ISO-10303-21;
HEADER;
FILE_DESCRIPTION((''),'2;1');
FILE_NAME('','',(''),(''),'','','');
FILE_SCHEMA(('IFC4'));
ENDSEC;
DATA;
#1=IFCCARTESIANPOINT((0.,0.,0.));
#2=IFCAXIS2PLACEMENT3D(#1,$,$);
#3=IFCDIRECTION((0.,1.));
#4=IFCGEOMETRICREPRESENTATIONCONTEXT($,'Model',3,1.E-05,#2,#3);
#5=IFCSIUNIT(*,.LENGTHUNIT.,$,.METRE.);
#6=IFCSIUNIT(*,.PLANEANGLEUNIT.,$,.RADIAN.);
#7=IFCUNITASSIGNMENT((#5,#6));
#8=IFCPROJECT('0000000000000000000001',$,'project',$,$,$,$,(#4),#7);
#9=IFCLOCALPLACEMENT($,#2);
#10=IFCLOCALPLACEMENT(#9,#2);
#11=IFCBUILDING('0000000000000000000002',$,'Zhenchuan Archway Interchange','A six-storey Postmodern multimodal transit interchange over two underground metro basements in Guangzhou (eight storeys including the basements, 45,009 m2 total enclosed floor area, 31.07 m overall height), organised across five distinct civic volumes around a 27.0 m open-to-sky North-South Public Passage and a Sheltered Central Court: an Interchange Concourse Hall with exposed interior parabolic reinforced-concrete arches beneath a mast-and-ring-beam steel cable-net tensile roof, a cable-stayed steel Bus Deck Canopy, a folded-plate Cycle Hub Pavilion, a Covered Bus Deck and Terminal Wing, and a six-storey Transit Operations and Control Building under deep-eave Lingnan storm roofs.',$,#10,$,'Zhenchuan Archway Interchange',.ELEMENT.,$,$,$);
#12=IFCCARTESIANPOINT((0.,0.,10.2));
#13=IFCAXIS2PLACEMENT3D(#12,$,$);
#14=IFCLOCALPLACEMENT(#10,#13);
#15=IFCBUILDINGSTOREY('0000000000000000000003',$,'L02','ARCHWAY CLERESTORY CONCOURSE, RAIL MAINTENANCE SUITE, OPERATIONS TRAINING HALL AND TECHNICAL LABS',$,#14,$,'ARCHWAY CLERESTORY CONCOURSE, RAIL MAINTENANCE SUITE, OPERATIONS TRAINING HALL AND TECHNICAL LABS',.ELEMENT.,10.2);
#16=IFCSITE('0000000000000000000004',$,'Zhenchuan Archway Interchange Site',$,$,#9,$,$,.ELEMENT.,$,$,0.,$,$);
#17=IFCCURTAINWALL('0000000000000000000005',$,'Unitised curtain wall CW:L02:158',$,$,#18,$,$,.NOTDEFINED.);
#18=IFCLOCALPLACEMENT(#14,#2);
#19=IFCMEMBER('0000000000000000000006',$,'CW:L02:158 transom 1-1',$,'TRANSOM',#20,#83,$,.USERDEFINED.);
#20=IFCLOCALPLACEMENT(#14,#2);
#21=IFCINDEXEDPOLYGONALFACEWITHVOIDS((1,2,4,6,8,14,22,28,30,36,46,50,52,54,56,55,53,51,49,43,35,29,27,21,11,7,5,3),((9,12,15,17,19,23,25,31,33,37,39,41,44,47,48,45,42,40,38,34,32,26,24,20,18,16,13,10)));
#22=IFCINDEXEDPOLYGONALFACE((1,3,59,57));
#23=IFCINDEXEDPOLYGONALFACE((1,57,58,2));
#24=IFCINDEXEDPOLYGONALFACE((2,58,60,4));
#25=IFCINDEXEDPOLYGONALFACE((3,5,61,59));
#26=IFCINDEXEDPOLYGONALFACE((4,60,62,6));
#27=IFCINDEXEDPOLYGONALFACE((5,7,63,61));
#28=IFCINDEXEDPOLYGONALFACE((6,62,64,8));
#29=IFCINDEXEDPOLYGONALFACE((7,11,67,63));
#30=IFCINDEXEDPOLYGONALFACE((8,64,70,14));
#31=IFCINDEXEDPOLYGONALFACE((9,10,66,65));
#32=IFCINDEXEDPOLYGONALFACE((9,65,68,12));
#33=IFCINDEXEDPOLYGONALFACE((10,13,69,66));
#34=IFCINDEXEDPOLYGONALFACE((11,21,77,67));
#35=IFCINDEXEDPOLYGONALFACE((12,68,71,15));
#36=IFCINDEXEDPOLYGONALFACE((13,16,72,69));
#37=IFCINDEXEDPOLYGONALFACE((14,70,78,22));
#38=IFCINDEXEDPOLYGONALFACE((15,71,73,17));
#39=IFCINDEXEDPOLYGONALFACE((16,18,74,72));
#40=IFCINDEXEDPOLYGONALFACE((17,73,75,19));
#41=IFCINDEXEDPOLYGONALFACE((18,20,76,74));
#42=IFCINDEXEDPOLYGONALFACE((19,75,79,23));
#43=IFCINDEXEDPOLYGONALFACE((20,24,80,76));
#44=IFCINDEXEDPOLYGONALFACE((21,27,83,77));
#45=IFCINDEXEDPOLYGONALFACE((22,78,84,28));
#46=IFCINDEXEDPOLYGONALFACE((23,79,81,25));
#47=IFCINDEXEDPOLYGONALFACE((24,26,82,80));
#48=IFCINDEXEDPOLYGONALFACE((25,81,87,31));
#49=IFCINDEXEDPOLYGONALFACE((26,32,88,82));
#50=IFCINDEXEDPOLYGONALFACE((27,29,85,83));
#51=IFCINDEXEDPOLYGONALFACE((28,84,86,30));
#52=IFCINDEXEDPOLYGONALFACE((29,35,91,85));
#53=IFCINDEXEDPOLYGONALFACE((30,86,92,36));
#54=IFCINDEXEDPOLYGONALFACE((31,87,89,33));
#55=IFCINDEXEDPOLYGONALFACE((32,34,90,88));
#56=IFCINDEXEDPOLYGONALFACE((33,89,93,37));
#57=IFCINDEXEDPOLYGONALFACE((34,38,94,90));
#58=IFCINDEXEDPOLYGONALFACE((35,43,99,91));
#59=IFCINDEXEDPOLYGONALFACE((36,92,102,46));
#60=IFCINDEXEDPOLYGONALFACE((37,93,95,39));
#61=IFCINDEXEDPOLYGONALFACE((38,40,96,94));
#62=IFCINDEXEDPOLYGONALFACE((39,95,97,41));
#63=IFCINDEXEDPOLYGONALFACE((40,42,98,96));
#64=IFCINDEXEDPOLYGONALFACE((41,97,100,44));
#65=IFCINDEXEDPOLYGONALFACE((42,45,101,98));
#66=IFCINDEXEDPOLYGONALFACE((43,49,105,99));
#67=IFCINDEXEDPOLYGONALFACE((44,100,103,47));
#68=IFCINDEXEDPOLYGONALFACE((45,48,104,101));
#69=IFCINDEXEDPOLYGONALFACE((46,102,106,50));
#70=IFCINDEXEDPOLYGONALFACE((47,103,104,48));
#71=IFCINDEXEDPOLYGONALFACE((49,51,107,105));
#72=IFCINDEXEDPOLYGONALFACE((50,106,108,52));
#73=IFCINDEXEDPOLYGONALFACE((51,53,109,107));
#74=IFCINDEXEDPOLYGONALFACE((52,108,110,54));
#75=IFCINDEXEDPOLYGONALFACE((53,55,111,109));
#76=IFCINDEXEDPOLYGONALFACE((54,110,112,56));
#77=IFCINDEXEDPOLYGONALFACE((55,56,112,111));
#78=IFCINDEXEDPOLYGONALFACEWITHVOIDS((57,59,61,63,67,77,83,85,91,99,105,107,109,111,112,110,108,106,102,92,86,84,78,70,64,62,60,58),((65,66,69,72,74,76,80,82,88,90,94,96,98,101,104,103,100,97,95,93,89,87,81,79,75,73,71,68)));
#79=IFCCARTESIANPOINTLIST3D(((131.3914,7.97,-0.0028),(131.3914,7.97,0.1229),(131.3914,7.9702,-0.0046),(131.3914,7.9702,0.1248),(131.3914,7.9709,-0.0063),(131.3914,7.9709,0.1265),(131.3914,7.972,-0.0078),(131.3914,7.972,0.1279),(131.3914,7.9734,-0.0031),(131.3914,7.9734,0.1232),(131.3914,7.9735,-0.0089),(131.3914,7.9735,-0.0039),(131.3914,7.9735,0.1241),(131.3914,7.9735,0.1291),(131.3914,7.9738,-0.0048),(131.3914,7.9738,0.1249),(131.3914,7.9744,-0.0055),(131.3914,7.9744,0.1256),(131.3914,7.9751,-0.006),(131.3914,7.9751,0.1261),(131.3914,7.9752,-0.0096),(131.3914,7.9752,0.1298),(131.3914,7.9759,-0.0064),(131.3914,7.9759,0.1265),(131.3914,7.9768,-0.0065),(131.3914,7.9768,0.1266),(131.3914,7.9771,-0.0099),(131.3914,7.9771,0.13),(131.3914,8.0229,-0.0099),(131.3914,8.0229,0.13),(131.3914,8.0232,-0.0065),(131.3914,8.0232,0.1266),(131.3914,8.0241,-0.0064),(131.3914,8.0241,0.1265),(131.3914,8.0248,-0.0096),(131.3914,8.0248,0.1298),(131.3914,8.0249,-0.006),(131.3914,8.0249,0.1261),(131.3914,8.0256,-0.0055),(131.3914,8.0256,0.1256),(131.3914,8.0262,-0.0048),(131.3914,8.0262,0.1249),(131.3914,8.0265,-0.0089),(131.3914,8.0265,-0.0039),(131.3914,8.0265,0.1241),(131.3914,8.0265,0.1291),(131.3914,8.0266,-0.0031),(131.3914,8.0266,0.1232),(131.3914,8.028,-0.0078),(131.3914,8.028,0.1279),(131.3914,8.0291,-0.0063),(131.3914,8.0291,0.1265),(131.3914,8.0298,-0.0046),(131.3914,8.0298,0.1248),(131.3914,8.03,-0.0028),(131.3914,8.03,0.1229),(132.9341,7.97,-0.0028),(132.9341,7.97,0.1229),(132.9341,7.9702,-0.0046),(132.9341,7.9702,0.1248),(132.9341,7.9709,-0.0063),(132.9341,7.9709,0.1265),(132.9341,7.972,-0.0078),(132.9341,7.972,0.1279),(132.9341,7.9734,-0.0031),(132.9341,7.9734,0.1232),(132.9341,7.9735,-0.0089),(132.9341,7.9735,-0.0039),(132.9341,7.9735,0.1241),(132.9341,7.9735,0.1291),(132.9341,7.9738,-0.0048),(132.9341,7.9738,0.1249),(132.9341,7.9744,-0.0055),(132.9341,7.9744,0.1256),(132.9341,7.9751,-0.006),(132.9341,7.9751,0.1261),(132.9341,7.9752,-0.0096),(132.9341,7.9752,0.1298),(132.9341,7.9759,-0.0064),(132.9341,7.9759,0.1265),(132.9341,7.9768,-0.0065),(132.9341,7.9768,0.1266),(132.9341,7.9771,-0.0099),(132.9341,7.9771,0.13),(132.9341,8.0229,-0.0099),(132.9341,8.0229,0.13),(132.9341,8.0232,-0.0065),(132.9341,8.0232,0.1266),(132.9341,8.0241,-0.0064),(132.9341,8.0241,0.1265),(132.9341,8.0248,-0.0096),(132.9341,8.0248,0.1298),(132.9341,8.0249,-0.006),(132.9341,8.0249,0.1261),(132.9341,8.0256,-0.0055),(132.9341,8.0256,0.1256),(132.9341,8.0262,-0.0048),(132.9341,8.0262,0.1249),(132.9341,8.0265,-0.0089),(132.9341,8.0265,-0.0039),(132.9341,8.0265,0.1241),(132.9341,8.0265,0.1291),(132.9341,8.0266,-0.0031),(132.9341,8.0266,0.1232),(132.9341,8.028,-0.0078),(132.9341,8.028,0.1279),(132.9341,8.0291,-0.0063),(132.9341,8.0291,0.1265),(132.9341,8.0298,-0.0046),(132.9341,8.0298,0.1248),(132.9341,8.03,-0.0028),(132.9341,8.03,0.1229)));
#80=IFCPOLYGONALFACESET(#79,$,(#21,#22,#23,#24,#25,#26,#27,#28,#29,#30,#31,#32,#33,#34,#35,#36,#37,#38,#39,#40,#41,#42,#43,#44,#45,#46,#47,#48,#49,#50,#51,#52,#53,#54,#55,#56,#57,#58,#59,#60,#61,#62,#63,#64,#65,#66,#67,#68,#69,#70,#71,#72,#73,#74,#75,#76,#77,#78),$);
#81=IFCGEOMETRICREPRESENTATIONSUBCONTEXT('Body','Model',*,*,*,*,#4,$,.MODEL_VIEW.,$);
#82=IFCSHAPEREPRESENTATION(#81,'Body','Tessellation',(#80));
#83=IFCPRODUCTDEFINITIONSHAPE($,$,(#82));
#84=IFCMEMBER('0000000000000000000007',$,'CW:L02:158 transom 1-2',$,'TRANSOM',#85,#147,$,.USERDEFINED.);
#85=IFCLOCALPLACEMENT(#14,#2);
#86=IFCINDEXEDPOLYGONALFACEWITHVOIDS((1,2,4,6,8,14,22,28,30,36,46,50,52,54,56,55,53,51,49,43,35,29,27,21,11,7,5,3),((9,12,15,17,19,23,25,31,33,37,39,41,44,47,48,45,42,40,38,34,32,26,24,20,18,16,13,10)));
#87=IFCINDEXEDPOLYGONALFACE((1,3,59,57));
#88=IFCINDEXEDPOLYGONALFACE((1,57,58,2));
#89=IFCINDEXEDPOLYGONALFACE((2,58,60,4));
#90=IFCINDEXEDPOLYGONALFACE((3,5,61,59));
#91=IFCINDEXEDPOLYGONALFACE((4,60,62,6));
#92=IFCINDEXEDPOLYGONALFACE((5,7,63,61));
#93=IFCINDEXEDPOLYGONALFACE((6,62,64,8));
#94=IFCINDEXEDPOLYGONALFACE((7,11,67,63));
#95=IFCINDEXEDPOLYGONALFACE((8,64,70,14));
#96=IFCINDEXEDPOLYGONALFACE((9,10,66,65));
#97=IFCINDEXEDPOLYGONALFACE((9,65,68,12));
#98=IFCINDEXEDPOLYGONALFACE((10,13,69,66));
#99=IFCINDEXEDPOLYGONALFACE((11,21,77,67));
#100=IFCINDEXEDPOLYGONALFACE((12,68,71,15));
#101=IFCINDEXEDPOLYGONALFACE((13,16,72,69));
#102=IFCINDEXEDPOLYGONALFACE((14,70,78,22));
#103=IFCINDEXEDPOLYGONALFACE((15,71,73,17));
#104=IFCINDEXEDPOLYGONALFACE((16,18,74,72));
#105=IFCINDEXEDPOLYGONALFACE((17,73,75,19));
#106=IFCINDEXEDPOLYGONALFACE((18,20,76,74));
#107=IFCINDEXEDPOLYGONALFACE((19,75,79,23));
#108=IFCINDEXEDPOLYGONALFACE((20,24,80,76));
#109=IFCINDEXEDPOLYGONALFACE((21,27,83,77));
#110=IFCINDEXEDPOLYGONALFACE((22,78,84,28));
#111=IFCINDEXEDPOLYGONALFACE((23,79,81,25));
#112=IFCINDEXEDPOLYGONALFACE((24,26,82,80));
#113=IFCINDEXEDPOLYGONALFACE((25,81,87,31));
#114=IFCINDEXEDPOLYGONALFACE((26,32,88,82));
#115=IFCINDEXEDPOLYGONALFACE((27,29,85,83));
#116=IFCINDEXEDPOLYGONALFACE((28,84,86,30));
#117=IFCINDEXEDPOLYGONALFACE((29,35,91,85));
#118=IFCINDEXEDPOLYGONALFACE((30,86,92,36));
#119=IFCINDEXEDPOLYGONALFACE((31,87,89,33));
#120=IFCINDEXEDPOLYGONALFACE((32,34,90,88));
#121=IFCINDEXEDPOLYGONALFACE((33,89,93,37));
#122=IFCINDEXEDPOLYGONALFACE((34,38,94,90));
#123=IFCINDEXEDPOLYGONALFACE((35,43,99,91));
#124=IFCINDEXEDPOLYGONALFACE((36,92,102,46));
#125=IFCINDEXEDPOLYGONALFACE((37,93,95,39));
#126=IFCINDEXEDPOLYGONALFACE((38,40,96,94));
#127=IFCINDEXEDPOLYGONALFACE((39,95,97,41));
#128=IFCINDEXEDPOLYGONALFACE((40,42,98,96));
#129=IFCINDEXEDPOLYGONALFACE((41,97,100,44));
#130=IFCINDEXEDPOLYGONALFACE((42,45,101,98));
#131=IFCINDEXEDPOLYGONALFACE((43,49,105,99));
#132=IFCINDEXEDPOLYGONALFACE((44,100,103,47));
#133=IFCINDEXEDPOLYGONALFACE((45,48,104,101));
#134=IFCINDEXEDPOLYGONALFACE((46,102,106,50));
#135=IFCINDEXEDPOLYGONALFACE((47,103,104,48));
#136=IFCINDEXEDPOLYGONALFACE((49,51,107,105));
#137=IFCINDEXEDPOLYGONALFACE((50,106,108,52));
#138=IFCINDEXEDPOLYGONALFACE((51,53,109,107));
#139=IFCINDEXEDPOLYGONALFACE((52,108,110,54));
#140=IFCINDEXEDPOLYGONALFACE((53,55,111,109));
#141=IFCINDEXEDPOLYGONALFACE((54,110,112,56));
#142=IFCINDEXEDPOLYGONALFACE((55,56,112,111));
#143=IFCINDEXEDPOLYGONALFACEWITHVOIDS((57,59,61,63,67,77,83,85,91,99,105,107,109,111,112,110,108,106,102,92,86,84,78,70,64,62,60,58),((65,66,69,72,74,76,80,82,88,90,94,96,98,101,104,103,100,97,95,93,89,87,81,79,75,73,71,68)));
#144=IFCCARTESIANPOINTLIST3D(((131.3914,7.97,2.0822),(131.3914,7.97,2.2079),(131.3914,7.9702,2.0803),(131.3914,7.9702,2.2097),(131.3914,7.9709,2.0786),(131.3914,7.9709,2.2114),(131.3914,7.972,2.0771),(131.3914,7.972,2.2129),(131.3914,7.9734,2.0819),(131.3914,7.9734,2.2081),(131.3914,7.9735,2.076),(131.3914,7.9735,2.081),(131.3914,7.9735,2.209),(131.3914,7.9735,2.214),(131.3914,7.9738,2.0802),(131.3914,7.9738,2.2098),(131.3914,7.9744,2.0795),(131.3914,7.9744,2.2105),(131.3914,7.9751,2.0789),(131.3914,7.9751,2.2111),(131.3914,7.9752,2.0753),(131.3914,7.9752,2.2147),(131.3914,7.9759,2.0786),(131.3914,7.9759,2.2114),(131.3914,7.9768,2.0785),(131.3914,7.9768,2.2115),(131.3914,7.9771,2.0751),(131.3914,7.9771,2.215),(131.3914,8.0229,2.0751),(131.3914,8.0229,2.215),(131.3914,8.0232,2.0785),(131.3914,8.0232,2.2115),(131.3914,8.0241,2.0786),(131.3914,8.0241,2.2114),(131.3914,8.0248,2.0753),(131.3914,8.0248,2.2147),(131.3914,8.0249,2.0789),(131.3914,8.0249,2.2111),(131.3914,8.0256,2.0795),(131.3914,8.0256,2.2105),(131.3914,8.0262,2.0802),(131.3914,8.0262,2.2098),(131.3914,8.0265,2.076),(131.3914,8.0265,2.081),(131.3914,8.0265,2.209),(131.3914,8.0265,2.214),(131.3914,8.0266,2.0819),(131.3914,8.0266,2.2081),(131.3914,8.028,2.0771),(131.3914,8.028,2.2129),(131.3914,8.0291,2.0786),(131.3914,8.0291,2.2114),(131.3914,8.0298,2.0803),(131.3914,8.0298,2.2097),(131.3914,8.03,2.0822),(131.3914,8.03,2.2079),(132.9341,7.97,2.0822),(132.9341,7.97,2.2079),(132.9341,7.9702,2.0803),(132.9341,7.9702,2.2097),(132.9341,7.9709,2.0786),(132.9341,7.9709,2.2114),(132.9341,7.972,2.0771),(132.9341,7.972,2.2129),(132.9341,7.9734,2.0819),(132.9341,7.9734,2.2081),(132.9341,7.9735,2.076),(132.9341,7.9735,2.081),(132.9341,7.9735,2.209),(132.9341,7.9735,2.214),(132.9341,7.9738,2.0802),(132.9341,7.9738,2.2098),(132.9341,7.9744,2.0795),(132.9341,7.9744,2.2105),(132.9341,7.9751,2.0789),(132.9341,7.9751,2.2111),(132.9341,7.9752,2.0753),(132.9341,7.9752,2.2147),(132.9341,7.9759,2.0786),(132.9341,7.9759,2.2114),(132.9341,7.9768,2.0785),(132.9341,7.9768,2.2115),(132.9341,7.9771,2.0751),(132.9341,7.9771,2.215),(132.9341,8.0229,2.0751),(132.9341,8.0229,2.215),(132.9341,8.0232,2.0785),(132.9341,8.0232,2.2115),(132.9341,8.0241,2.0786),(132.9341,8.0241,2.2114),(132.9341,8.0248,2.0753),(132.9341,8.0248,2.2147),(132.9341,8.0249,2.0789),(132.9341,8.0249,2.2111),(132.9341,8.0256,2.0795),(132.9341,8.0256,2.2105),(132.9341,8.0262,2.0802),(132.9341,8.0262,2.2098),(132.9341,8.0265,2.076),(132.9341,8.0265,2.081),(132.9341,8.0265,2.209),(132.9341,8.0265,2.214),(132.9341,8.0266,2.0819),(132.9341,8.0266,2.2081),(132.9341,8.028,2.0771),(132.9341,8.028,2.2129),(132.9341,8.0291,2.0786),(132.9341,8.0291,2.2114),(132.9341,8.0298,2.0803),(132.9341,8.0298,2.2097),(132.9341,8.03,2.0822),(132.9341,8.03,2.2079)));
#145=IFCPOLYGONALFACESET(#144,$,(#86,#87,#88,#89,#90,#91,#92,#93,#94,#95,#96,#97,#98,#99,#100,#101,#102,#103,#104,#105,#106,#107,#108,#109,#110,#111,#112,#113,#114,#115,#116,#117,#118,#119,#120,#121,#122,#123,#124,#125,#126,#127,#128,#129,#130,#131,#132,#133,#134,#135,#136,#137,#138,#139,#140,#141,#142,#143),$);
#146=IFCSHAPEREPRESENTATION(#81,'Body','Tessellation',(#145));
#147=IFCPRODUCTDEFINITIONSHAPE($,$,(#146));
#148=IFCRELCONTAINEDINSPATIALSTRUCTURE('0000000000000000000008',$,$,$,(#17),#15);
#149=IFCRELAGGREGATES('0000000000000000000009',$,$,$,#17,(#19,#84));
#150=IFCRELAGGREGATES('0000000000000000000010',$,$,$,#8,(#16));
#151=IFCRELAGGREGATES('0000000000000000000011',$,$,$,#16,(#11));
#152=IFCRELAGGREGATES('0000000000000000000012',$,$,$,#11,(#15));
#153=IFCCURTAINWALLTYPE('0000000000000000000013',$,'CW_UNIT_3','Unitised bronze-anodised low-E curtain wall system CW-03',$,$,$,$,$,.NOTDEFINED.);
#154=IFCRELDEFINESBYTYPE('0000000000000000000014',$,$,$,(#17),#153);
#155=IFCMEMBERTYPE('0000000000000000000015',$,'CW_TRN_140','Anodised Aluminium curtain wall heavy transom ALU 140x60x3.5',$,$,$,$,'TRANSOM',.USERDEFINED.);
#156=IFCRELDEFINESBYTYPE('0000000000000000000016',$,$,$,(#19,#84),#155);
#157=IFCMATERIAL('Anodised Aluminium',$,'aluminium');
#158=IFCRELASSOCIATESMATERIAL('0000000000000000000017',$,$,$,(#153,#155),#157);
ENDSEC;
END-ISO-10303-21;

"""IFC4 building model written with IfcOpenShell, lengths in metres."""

from ifc_helpers import new_model, si_unit, direction, frame, origin, origin_2d, place, context, subcontext, project, spatial, hollow_rectangle, extrude, material, material_profile, profile_set, type_object, element, aggregate, save


model = new_model("IFC4")

# Units and contexts
model_context = context("Model", 3, precision=1e-05, world=origin(), true_north=direction((0.0, 1.0)))
body_context = subcontext(model_context, "Body", "Model", "MODEL_VIEW")
ifc_project = project(units=[si_unit("LENGTHUNIT", "METRE"), si_unit("PLANEANGLEUNIT", "RADIAN")], contexts=[model_context])

# Site, building, storey
site_placement = place(None, origin())
site = spatial("IfcSite", under=ifc_project, at=site_placement, Name="Zhenchuan Archway Interchange Site", CompositionType="ELEMENT", RefElevation=0.0)
building_placement = place(site_placement, origin())
building = spatial("IfcBuilding", under=site, at=building_placement, Name="Zhenchuan Archway Interchange", Description="A six-storey Postmodern multimodal transit interchange over two underground metro basements in Guangzhou (eight storeys including the basements, 45,009 m2 total enclosed floor area, 31.07 m overall height), organised across five distinct civic volumes around a 27.0 m open-to-sky North-South Public Passage and a Sheltered Central Court: an Interchange Concourse Hall with exposed interior parabolic reinforced-concrete arches beneath a mast-and-ring-beam steel cable-net tensile roof, a cable-stayed steel Bus Deck Canopy, a folded-plate Cycle Hub Pavilion, a Covered Bus Deck and Terminal Wing, and a six-storey Transit Operations and Control Building under deep-eave Lingnan storm roofs.", LongName="Zhenchuan Archway Interchange", CompositionType="ELEMENT")
storey_placement = place(building_placement, frame((0.0, 0.0, 10.2)))
storey = spatial("IfcBuildingStorey", under=building, at=storey_placement, Name="L02", Description="ARCHWAY CLERESTORY CONCOURSE, RAIL MAINTENANCE SUITE, OPERATIONS TRAINING HALL AND TECHNICAL LABS", LongName="ARCHWAY CLERESTORY CONCOURSE, RAIL MAINTENANCE SUITE, OPERATIONS TRAINING HALL AND TECHNICAL LABS", CompositionType="ELEMENT", Elevation=10.2)

# Curtain wall, members
ifc_material_1 = material(Name="Anodised Aluminium", Category="aluminium")
curtain_wall_type = type_object("IfcCurtainWallType", Name="CW_UNIT_3", Description="Unitised bronze-anodised low-E curtain wall system CW-03", PredefinedType="NOTDEFINED", material=ifc_material_1)
curtain_wall_placement = place(storey_placement, origin())
curtain_wall = element("IfcCurtainWall", 1, at=curtain_wall_placement, inside=storey, type_object=curtain_wall_type, Name="Unitised curtain wall CW:L02:158", PredefinedType="NOTDEFINED")
ifc_material_profile_1 = material_profile(ifc_material_1, hollow_rectangle(XDim=0.0601, YDim=0.1399, WallThickness=0.0034, InnerFilletRadius=0.0034, OuterFilletRadius=0.0071, at=origin_2d()), Name="ALU 140x60x3.5")
ifc_profile_set_1 = profile_set([ifc_material_profile_1], Name="Anodised Aluminium")
member_type_1 = type_object("IfcMemberType", Name="CW_TRN_140", Description="Anodised Aluminium curtain wall heavy transom ALU 140x60x3.5", ElementType="TRANSOM", PredefinedType="USERDEFINED", material=ifc_profile_set_1)
member_1_placement = place(storey_placement, frame((132.9341, 8.0, 0.0601), z_axis=(-1.0, 0.0, 0.0), x_axis=(0.0, -1.0, 0.0)))
member_1 = element("IfcMember", 2, at=member_1_placement, type_object=member_type_1, Name="CW:L02:158 transom 1-1", ObjectType="TRANSOM", PredefinedType="USERDEFINED", context=body_context, shape_type="SweptSolid", body=[
    extrude(hollow_rectangle(XDim=0.0601, YDim=0.1399, WallThickness=0.0034, InnerFilletRadius=0.0034, OuterFilletRadius=0.0071, at=origin_2d()), origin(), (0.0, 0.0, 1.0), 1.5427),
])
member_2_placement = place(storey_placement, frame((132.9341, 8.0, 2.145), z_axis=(-1.0, 0.0, 0.0), x_axis=(0.0, -1.0, 0.0)))
member_2 = element("IfcMember", 3, at=member_2_placement, type_object=member_type_1, Name="CW:L02:158 transom 1-2", ObjectType="TRANSOM", PredefinedType="USERDEFINED", context=body_context, shape_type="SweptSolid", body=[
    extrude(hollow_rectangle(XDim=0.0601, YDim=0.1399, WallThickness=0.0034, InnerFilletRadius=0.0034, OuterFilletRadius=0.0071, at=origin_2d()), origin(), (0.0, 0.0, 1.0), 1.5427),
])

aggregate(curtain_wall, [member_1, member_2])

save(model, "model.ifc")
